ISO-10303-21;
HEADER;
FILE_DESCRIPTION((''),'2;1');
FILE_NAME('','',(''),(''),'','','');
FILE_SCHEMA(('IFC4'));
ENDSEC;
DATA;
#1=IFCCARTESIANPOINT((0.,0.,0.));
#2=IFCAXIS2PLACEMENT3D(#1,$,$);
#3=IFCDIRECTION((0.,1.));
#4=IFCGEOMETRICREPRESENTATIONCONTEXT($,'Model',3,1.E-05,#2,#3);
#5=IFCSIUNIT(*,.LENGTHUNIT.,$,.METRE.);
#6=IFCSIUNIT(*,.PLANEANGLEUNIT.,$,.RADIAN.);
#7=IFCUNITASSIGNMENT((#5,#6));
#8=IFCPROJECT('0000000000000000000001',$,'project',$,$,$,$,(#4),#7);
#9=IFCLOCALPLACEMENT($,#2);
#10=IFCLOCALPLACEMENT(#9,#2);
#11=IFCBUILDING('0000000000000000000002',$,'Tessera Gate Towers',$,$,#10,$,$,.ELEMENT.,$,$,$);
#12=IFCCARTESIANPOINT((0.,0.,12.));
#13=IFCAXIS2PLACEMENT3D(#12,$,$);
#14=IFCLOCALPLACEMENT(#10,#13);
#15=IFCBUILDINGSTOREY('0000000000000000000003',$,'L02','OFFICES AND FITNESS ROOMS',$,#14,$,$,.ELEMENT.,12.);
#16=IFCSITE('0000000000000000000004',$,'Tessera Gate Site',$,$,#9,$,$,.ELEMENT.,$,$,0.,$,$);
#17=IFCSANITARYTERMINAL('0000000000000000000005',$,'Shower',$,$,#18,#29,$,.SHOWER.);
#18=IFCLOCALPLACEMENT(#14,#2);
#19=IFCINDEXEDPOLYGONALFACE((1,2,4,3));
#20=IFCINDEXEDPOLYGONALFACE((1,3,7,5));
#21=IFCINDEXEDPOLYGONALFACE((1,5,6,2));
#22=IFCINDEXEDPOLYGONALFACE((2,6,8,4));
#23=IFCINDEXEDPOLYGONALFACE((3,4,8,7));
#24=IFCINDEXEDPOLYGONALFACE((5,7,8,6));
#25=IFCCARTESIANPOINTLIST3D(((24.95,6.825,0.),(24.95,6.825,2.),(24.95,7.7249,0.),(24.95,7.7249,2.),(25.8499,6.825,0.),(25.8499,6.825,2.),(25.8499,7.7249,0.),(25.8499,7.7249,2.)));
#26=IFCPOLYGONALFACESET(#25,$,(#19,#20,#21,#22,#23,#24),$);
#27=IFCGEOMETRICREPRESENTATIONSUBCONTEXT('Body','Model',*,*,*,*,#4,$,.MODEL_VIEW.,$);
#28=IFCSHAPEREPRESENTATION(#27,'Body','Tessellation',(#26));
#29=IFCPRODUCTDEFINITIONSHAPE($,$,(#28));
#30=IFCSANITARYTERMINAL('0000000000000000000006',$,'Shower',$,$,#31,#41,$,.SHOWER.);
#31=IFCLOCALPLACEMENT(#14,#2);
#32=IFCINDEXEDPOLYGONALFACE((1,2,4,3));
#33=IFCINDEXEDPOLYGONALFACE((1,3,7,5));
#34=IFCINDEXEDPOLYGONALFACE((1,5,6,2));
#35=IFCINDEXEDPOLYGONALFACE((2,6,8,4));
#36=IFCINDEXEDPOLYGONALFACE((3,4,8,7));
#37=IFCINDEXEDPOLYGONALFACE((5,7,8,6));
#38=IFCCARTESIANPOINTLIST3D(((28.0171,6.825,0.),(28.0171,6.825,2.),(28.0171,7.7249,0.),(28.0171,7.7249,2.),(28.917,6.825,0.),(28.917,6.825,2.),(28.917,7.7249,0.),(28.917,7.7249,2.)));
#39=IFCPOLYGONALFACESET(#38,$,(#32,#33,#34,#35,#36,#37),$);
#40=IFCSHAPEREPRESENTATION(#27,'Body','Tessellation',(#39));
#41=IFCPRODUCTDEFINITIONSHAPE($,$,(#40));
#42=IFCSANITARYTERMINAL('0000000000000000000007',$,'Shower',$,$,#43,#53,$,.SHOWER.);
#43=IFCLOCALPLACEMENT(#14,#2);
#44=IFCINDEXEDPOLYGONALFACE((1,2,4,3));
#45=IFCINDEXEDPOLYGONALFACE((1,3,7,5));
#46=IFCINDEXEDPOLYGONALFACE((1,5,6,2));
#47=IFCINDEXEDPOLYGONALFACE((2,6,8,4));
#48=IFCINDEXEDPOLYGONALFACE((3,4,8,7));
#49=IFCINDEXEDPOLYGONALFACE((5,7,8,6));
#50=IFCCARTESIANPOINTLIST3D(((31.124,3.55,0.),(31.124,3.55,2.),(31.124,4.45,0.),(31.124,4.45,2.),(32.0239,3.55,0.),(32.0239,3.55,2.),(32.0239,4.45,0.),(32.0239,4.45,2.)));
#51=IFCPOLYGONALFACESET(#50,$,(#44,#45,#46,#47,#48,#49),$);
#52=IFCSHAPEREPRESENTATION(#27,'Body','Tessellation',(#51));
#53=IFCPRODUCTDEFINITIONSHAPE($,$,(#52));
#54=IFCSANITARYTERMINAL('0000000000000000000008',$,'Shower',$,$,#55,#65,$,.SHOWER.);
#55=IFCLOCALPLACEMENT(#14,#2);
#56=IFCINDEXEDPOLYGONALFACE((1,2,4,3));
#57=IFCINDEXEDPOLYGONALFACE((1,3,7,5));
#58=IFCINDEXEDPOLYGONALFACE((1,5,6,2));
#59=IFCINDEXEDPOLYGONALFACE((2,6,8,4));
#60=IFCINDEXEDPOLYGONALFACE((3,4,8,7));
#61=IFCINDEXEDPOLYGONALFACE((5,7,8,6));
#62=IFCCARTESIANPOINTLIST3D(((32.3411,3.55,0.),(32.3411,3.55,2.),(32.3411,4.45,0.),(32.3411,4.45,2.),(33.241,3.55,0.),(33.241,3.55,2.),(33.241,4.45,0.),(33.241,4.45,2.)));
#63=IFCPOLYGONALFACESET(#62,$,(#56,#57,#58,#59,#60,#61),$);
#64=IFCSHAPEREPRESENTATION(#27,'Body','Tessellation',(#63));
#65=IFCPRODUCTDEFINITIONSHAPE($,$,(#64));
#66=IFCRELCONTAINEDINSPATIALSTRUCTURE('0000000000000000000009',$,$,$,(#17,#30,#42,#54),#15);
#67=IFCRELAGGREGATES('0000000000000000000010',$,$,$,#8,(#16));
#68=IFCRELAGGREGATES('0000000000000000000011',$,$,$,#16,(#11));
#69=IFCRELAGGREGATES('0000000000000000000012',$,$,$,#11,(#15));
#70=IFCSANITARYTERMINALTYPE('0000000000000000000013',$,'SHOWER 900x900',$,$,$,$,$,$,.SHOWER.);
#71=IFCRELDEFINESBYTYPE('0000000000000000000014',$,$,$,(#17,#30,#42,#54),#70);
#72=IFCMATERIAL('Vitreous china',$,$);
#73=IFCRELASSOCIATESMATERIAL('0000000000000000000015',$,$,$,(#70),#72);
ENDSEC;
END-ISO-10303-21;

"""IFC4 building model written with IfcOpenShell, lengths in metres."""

from ifc_helpers import new_model, si_unit, direction, frame, origin, origin_2d, place, context, subcontext, project, spatial, rectangle, extrude, material, type_object, element, save


model = new_model("IFC4")

# Units and contexts
model_context = context("Model", 3, precision=1e-05, world=origin(), true_north=direction((0.0, 1.0)))
body_context = subcontext(model_context, "Body", "Model", "MODEL_VIEW")
ifc_project = project(units=[si_unit("LENGTHUNIT", "METRE"), si_unit("PLANEANGLEUNIT", "RADIAN")], contexts=[model_context])

# Site, building, storey
site_placement = place(None, origin())
site = spatial("IfcSite", under=ifc_project, at=site_placement, Name="Tessera Gate Site", CompositionType="ELEMENT", RefElevation=0.0)
building_placement = place(site_placement, origin())
building = spatial("IfcBuilding", under=site, at=building_placement, Name="Tessera Gate Towers", CompositionType="ELEMENT")
storey_placement = place(building_placement, frame((0.0, 0.0, 12.0)))
storey = spatial("IfcBuildingStorey", under=building, at=storey_placement, Name="L02", Description="OFFICES AND FITNESS ROOMS", CompositionType="ELEMENT", Elevation=12.0)

# Sanitary terminals
ifc_material_1 = material(Name="Vitreous china")
sanitary_terminal_type_1 = type_object("IfcSanitaryTerminalType", Name="SHOWER 900x900", PredefinedType="SHOWER", material=ifc_material_1)
for number, where, z_axis, x_axis, name in (
    (1, (25.3999, 7.2749, 0.0), (0.0, 0.0, 1.0), (1.0, 0.0, 0.0), "Shower"),
    (2, (28.467, 7.2749, 0.0), (0.0, 0.0, 1.0), (1.0, 0.0, 0.0), "Shower"),
    (3, (31.574, 4.0, 0.0), (0.0, 0.0, 1.0), (1.0, 0.0, 0.0), "Shower"),
    (4, (32.791, 4.0, 0.0), (0.0, 0.0, 1.0), (1.0, 0.0, 0.0), "Shower"),
):
    element("IfcSanitaryTerminal", number, at=place(storey_placement, frame(where, z_axis=z_axis, x_axis=x_axis)), inside=storey, type_object=sanitary_terminal_type_1, Name=name, PredefinedType="SHOWER", context=body_context, shape_type="SweptSolid", body=[
        extrude(rectangle(XDim=0.8999, YDim=0.8999, at=origin_2d()), origin(), (0.0, 0.0, 1.0), 2.0),
    ])

save(model, "model.ifc")
